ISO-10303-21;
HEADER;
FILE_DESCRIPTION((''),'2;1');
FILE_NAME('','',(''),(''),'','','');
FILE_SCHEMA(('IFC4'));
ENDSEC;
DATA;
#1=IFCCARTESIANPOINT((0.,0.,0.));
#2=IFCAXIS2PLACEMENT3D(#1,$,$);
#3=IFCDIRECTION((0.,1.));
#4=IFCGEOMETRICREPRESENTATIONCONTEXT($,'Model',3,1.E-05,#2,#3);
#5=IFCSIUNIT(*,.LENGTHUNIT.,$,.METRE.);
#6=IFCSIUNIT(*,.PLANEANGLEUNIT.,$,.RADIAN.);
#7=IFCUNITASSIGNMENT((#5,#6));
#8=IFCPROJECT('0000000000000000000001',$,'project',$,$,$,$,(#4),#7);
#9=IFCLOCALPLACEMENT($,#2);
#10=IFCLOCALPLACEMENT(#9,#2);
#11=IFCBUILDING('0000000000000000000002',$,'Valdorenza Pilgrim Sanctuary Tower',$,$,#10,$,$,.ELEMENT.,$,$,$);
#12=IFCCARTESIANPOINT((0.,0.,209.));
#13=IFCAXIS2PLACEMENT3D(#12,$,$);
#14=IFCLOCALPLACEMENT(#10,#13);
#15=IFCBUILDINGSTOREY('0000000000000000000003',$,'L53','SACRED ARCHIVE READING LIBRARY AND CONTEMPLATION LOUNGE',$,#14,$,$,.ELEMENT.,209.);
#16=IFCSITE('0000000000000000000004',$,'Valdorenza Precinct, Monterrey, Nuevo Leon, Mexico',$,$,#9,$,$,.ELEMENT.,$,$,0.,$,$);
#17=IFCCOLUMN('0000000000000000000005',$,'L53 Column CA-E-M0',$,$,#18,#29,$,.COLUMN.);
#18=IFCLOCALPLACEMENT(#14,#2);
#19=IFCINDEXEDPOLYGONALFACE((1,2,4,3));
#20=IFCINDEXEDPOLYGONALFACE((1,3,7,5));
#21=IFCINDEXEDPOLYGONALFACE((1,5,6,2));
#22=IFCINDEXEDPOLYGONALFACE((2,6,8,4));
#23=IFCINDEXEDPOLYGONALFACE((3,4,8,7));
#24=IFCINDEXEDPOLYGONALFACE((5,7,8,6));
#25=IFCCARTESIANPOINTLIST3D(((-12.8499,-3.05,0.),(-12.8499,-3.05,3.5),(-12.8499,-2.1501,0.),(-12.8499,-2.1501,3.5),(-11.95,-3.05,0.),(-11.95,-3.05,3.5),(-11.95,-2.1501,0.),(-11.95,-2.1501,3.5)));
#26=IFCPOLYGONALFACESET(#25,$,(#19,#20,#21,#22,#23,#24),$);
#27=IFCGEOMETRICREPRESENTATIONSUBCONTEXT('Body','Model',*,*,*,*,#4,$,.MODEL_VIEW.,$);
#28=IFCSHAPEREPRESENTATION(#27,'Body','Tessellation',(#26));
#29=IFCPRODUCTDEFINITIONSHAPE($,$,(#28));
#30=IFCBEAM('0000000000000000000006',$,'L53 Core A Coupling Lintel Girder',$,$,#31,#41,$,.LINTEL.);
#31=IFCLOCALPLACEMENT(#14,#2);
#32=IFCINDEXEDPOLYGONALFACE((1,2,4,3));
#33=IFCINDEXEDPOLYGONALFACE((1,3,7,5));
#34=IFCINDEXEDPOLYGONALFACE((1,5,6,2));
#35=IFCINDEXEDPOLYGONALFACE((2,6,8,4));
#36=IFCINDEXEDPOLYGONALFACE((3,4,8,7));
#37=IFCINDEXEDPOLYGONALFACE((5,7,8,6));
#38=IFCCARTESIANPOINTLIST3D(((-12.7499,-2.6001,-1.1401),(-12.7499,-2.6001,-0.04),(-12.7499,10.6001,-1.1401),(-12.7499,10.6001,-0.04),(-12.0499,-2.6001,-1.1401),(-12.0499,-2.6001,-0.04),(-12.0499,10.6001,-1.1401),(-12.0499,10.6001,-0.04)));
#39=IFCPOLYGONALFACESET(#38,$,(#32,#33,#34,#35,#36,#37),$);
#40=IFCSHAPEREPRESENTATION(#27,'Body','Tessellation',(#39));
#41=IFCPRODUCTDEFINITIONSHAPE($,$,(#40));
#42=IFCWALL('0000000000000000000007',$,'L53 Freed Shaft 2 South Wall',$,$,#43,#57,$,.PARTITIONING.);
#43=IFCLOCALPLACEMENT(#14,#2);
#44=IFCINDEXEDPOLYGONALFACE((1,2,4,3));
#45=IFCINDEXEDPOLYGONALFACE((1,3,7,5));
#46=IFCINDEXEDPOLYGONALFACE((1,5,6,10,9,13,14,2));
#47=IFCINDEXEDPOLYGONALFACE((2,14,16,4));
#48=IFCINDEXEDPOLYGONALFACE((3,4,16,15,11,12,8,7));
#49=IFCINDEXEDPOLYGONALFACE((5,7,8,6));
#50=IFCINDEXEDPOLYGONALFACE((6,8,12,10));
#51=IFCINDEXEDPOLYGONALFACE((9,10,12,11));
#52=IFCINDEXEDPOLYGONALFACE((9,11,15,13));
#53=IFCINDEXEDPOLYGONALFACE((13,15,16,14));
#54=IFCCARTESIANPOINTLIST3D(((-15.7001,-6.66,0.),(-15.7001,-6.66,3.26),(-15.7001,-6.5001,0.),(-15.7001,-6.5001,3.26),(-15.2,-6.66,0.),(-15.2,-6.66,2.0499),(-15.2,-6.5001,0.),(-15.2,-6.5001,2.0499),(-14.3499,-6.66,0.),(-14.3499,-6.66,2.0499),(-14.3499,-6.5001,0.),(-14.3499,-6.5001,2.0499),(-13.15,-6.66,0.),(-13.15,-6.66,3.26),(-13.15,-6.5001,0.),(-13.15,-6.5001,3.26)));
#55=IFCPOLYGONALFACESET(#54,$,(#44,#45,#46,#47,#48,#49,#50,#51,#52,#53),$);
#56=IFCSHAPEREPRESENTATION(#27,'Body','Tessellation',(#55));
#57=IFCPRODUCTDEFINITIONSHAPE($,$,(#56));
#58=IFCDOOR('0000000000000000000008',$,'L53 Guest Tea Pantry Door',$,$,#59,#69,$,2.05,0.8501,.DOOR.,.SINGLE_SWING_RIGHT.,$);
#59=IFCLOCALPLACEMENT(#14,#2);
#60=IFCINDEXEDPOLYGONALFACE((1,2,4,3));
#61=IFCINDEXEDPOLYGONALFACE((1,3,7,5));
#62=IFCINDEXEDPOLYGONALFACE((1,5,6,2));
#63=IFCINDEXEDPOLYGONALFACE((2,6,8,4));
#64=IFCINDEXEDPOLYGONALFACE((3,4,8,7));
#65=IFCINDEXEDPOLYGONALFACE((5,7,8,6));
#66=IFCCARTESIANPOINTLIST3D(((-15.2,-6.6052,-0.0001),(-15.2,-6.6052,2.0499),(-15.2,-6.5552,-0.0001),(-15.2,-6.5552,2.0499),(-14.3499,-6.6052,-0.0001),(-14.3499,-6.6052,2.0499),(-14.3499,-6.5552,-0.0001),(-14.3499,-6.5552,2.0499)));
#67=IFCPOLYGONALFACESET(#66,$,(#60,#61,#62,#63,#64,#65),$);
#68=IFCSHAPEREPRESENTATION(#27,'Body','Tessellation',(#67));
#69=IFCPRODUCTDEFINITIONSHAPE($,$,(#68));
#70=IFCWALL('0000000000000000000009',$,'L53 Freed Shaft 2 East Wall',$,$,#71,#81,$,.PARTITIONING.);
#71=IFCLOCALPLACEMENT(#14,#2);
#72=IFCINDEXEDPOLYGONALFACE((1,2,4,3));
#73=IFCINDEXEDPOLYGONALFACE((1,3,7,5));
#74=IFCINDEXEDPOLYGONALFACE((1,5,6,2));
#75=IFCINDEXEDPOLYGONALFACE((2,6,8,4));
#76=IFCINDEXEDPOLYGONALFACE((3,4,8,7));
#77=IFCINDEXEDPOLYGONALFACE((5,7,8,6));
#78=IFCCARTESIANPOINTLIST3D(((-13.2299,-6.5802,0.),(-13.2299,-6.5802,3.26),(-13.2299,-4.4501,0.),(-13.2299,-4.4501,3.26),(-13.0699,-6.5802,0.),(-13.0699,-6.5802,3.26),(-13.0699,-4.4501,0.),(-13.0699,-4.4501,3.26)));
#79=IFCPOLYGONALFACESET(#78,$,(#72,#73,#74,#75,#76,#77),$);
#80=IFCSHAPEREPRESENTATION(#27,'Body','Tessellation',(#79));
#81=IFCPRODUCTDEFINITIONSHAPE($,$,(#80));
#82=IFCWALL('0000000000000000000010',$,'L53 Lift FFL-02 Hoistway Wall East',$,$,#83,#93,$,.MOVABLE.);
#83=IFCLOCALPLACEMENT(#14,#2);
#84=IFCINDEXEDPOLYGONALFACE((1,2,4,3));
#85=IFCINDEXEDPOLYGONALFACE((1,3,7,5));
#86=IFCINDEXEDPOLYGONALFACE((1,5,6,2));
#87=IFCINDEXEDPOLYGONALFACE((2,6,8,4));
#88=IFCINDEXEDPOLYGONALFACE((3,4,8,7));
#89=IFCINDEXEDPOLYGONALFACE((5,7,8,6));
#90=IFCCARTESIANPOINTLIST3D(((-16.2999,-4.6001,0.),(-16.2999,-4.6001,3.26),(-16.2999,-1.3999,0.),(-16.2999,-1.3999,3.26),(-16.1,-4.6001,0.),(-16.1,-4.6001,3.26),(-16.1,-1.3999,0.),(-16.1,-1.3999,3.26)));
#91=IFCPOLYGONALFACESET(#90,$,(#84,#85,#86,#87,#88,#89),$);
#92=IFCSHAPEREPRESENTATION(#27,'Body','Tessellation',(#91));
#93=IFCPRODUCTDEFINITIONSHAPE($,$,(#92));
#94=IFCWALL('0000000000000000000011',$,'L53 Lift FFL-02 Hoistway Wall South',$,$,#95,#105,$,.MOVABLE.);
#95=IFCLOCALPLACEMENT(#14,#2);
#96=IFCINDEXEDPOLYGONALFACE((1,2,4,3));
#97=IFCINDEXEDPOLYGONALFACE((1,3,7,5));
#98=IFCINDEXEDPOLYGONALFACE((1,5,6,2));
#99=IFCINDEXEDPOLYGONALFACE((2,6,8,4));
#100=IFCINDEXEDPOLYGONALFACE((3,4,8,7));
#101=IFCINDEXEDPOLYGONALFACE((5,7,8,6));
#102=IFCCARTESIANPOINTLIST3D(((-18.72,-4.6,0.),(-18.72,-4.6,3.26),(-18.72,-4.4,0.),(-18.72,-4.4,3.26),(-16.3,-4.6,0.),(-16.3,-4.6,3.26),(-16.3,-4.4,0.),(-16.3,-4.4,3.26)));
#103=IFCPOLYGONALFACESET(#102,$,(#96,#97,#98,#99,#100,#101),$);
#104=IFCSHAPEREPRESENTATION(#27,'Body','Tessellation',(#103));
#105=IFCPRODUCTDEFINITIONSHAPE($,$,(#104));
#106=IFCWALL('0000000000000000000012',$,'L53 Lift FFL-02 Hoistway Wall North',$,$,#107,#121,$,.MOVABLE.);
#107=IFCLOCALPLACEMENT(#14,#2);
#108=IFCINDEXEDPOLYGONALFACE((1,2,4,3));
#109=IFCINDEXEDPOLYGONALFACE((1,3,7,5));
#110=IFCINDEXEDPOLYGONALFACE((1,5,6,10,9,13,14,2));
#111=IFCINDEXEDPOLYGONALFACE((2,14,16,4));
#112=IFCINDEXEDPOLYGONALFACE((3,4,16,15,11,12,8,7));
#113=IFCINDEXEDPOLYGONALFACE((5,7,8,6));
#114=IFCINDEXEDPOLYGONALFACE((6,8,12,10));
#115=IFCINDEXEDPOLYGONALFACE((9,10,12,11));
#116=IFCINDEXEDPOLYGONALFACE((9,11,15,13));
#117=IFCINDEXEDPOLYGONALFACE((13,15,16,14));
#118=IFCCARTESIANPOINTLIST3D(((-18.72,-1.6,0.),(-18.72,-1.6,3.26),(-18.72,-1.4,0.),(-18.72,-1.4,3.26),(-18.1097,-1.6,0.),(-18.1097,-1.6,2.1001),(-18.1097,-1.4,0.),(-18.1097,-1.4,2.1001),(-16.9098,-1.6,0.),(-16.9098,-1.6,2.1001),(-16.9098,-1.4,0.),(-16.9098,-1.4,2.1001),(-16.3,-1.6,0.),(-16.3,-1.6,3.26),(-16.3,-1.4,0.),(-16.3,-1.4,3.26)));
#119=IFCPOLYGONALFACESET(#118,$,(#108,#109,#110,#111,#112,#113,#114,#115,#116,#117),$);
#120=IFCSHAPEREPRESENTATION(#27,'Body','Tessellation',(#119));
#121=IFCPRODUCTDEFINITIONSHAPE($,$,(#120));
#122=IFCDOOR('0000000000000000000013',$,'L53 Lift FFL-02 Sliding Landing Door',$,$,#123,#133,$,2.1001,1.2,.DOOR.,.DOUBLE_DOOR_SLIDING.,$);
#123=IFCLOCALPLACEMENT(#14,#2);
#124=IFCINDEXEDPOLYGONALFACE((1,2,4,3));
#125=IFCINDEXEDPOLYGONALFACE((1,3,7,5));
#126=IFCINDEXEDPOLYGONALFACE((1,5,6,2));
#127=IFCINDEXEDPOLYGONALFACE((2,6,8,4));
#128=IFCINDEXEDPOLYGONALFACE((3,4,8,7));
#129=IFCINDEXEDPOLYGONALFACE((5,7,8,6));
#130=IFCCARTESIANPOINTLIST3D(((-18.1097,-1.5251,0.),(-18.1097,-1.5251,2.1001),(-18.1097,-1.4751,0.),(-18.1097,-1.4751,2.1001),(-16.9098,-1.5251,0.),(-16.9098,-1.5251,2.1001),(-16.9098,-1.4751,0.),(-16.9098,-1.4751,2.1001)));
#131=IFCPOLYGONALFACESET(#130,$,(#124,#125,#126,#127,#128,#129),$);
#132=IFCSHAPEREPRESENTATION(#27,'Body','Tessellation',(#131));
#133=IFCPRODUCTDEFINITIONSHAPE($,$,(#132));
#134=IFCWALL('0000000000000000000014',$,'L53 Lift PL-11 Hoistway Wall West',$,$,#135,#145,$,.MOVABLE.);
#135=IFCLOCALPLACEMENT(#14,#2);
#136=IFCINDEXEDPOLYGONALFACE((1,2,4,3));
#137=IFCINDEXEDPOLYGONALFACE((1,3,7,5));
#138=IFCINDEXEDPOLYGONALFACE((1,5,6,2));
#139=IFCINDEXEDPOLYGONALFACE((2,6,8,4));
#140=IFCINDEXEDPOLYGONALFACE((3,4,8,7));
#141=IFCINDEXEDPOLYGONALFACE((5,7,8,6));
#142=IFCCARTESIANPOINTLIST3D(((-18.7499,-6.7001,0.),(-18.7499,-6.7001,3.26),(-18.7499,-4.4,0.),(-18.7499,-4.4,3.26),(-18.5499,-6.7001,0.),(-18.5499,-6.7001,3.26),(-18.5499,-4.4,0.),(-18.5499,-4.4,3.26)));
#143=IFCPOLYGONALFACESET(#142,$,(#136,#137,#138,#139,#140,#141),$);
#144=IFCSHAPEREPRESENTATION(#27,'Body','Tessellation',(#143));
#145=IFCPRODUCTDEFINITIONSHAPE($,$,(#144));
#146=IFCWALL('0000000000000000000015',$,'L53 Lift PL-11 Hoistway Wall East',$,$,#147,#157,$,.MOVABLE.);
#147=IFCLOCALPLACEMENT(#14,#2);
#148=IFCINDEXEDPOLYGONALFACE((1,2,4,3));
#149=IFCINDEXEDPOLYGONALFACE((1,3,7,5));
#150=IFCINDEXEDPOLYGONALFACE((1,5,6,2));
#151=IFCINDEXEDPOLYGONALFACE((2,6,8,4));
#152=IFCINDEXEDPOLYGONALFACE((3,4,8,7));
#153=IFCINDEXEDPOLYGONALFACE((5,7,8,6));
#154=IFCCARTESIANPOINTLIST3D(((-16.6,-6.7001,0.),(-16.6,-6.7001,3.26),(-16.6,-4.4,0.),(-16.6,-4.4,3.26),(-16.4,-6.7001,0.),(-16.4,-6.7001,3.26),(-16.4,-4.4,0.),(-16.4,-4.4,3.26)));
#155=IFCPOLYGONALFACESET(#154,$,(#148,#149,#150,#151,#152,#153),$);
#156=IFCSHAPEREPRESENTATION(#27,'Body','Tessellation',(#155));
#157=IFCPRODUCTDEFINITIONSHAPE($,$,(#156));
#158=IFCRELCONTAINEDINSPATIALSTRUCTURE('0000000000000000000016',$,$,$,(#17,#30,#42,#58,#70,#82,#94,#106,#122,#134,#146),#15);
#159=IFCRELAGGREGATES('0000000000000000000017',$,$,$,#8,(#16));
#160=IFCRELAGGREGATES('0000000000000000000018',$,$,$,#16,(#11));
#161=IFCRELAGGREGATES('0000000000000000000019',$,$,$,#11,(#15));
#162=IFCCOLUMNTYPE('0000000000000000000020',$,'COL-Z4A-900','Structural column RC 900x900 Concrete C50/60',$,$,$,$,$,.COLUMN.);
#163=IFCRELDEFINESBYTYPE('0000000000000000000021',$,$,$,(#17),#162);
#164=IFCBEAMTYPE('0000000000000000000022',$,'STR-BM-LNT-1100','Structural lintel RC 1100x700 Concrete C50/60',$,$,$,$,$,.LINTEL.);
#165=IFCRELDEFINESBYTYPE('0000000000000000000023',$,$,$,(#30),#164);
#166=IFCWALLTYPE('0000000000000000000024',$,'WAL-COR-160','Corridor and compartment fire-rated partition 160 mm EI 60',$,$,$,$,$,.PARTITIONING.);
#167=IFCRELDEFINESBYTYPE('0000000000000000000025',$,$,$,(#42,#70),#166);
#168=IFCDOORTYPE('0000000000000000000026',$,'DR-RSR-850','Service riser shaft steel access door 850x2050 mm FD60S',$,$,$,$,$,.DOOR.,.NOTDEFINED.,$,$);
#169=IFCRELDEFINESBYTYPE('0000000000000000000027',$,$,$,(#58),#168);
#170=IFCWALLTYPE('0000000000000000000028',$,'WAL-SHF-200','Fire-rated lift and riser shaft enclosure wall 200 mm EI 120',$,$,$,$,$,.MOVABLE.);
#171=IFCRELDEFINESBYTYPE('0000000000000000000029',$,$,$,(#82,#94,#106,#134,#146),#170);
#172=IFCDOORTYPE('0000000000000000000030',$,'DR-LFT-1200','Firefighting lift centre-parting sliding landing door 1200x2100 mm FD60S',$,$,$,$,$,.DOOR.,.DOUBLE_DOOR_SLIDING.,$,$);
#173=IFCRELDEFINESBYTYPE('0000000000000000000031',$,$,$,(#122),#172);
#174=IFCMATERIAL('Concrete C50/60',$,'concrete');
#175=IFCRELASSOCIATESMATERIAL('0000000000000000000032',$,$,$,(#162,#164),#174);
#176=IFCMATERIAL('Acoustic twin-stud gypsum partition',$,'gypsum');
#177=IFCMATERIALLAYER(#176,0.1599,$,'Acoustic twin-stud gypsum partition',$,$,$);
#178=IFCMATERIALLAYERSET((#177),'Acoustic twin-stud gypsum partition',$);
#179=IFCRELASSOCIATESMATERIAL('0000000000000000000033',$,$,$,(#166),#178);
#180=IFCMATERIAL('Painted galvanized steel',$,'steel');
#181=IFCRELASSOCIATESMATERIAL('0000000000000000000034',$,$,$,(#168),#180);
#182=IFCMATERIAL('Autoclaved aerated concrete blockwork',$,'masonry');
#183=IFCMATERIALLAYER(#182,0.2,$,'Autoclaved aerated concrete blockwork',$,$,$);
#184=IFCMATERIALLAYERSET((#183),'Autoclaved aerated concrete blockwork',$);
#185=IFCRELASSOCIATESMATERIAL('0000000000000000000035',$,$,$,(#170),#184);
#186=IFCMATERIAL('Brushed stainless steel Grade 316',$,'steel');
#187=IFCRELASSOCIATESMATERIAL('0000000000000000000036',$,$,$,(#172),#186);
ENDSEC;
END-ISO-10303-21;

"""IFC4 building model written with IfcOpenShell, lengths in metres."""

from ifc_helpers import new_model, si_unit, direction, frame, frame_2d, origin, origin_2d, place, context, subcontext, project, spatial, rectangle, extrude, source, transform, mapped, material, layer, layer_set, material_profile, profile_set, type_object, element, fill, save


model = new_model("IFC4")

# Units and contexts
model_context = context("Model", 3, precision=1e-05, world=origin(), true_north=direction((0.0, 1.0)))
body_context = subcontext(model_context, "Body", "Model", "MODEL_VIEW")
ifc_project = project(units=[si_unit("LENGTHUNIT", "METRE"), si_unit("PLANEANGLEUNIT", "RADIAN")], contexts=[model_context])

# Site, building, storey
site_placement = place(None, origin())
site = spatial("IfcSite", under=ifc_project, at=site_placement, Name="Valdorenza Precinct, Monterrey, Nuevo Leon, Mexico", CompositionType="ELEMENT", RefElevation=0.0)
building_placement = place(site_placement, origin())
building = spatial("IfcBuilding", under=site, at=building_placement, Name="Valdorenza Pilgrim Sanctuary Tower", CompositionType="ELEMENT")
storey_placement = place(building_placement, frame((0.0, 0.0, 209.0)))
storey = spatial("IfcBuildingStorey", under=building, at=storey_placement, Name="L53", Description="SACRED ARCHIVE READING LIBRARY AND CONTEMPLATION LOUNGE", CompositionType="ELEMENT", Elevation=209.0)

# Column
ifc_material_1 = material(Name="Concrete C50/60", Category="concrete")
ifc_material_profile_1 = material_profile(ifc_material_1, rectangle(XDim=0.8999, YDim=0.8999, at=origin_2d()), Name="RC 900x900")
ifc_profile_set_1 = profile_set([ifc_material_profile_1], Name="Concrete C50/60")
column_type = type_object("IfcColumnType", Name="COL-Z4A-900", Description="Structural column RC 900x900 Concrete C50/60", PredefinedType="COLUMN", material=ifc_profile_set_1)
shared_shape_1 = source(origin(), body_context, "Body", "SweptSolid", [
    extrude(rectangle(XDim=0.8999, YDim=0.8999, at=origin_2d()), origin(), (0.0, 0.0, 1.0), 3.5),
])
column_placement = place(storey_placement, frame((-12.3999, -2.6001, 0.0), z_axis=(0.0, 0.0, 1.0), x_axis=(1.0, 0.0, 0.0)))
element("IfcColumn", 1, at=column_placement, inside=storey, type_object=column_type, Name="L53 Column CA-E-M0", PredefinedType="COLUMN", context=body_context, shape_type="MappedRepresentation", body=[
    mapped(shared_shape_1, transform((0.0, 0.0, 0.0), x_axis=(1.0, 0.0, 0.0), y_axis=(0.0, 1.0, 0.0), z_axis=(0.0, 0.0, 1.0), scale=1.0)),
])

# Beam
ifc_material_profile_2 = material_profile(ifc_material_1, rectangle(XDim=0.7, YDim=1.1001, at=origin_2d()), Name="RC 1100x700")
ifc_profile_set_2 = profile_set([ifc_material_profile_2], Name="Concrete C50/60")
beam_type = type_object("IfcBeamType", Name="STR-BM-LNT-1100", Description="Structural lintel RC 1100x700 Concrete C50/60", PredefinedType="LINTEL", material=ifc_profile_set_2)
shared_shape_2 = source(origin(), body_context, "Body", "SweptSolid", [
    extrude(rectangle(XDim=0.7, YDim=1.1001, at=origin_2d()), origin(), (0.0, 0.0, 1.0), 13.2002),
])
beam_placement = place(storey_placement, frame((-12.3999, -2.6001, -0.5901), z_axis=(0.0, 1.0, 0.0), x_axis=(-1.0, 0.0, 0.0)))
element("IfcBeam", 2, at=beam_placement, inside=storey, type_object=beam_type, Name="L53 Core A Coupling Lintel Girder", PredefinedType="LINTEL", context=body_context, shape_type="MappedRepresentation", body=[
    mapped(shared_shape_2, transform((0.0, 0.0, 0.0), x_axis=(1.0, 0.0, 0.0), y_axis=(0.0, 1.0, 0.0), z_axis=(0.0, 0.0, 1.0), scale=1.0)),
])

# Wall, opening, door
ifc_material_2 = material(Name="Acoustic twin-stud gypsum partition", Category="gypsum")
ifc_layer_1 = layer(ifc_material_2, 0.1599, Name="Acoustic twin-stud gypsum partition")
ifc_layer_set_1 = layer_set([ifc_layer_1], Name="Acoustic twin-stud gypsum partition")
wall_type_1 = type_object("IfcWallType", Name="WAL-COR-160", Description="Corridor and compartment fire-rated partition 160 mm EI 60", PredefinedType="PARTITIONING", material=ifc_layer_set_1)
wall_1_placement = place(storey_placement, frame((-15.7, -6.5801, 0.0), z_axis=(0.0, 0.0, 1.0), x_axis=(1.0, 0.0, 0.0)))
wall_1 = element("IfcWall", 3, at=wall_1_placement, inside=storey, type_object=wall_type_1, Name="L53 Freed Shaft 2 South Wall", PredefinedType="PARTITIONING", context=body_context, shape_type="SweptSolid", body=[
    extrude(rectangle(XDim=2.55, YDim=0.1599, at=frame_2d((1.2749, 0.0))), origin(), (0.0, 0.0, 1.0), 3.26),
])
opening_1_placement = place(wall_1_placement, frame((0.5, 0.0, 0.0)))
opening_1 = element("IfcOpeningElement", 4, at=opening_1_placement, cuts=wall_1, PredefinedType="OPENING", context=body_context, shape_type="SweptSolid", body=[
    extrude(rectangle(XDim=0.8501, YDim=2.05, at=frame_2d((0.425, 1.0249))), frame((0.0, 0.0947, 0.0), z_axis=(0.0, -1.0, 0.0), x_axis=(1.0, 0.0, 0.0)), (0.0, 0.0, 1.0), 0.1897),
])
ifc_material_3 = material(Name="Painted galvanized steel", Category="steel")
door_type_1 = type_object("IfcDoorType", Name="DR-RSR-850", Description="Service riser shaft steel access door 850x2050 mm FD60S", OperationType="NOTDEFINED", PredefinedType="DOOR", material=ifc_material_3)
door_1_placement = place(opening_1_placement, origin())
door_1 = element("IfcDoor", 5, at=door_1_placement, inside=storey, type_object=door_type_1, Name="L53 Guest Tea Pantry Door", OperationType="SINGLE_SWING_RIGHT", OverallHeight=2.05, OverallWidth=0.8501, PredefinedType="DOOR", context=body_context, shape_type="SweptSolid", body=[
    extrude(rectangle(XDim=0.8501, YDim=2.05, at=frame_2d((0.425, 1.0249))), frame((0.0, 0.0249, 0.0), z_axis=(0.0, -1.0, 0.0), x_axis=(1.0, 0.0, 0.0)), (0.0, 0.0, 1.0), 0.05),
])
fill(opening_1, door_1)

# Wall
wall_2_placement = place(storey_placement, frame((-13.1499, -6.5801, 0.0), z_axis=(0.0, 0.0, 1.0), x_axis=(0.0, 1.0, 0.0)))
element("IfcWall", 6, at=wall_2_placement, inside=storey, type_object=wall_type_1, Name="L53 Freed Shaft 2 East Wall", PredefinedType="PARTITIONING", context=body_context, shape_type="SweptSolid", body=[
    extrude(rectangle(XDim=2.1301, YDim=0.1599, at=frame_2d((1.0649, 0.0))), origin(), (0.0, 0.0, 1.0), 3.26),
])

# Walls
ifc_material_4 = material(Name="Autoclaved aerated concrete blockwork", Category="masonry")
ifc_layer_2 = layer(ifc_material_4, 0.2, Name="Autoclaved aerated concrete blockwork")
ifc_layer_set_2 = layer_set([ifc_layer_2], Name="Autoclaved aerated concrete blockwork")
wall_type_2 = type_object("IfcWallType", Name="WAL-SHF-200", Description="Fire-rated lift and riser shaft enclosure wall 200 mm EI 120", PredefinedType="MOVABLE", material=ifc_layer_set_2)
wall_3_placement = place(storey_placement, frame((-16.2, -4.6001, 0.0), z_axis=(0.0, 0.0, 1.0), x_axis=(0.0, 1.0, 0.0)))
element("IfcWall", 7, at=wall_3_placement, inside=storey, type_object=wall_type_2, Name="L53 Lift FFL-02 Hoistway Wall East", PredefinedType="MOVABLE", context=body_context, shape_type="SweptSolid", body=[
    extrude(rectangle(XDim=3.2002, YDim=0.2, at=frame_2d((1.6001, 0.0))), origin(), (0.0, 0.0, 1.0), 3.26),
])
wall_4_placement = place(storey_placement, frame((-18.72, -4.5, 0.0), z_axis=(0.0, 0.0, 1.0), x_axis=(1.0, 0.0, 0.0)))
element("IfcWall", 8, at=wall_4_placement, inside=storey, type_object=wall_type_2, Name="L53 Lift FFL-02 Hoistway Wall South", PredefinedType="MOVABLE", context=body_context, shape_type="SweptSolid", body=[
    extrude(rectangle(XDim=2.4199, YDim=0.2, at=frame_2d((1.21, 0.0))), origin(), (0.0, 0.0, 1.0), 3.26),
])

# Wall, opening, door
wall_5_placement = place(storey_placement, frame((-18.72, -1.5, 0.0), z_axis=(0.0, 0.0, 1.0), x_axis=(1.0, 0.0, 0.0)))
wall_5 = element("IfcWall", 9, at=wall_5_placement, inside=storey, type_object=wall_type_2, Name="L53 Lift FFL-02 Hoistway Wall North", PredefinedType="MOVABLE", context=body_context, shape_type="SweptSolid", body=[
    extrude(rectangle(XDim=2.4199, YDim=0.2, at=frame_2d((1.21, 0.0))), origin(), (0.0, 0.0, 1.0), 3.26),
])
opening_2_placement = place(wall_5_placement, frame((0.6101, 0.0, 0.0)))
opening_2 = element("IfcOpeningElement", 10, at=opening_2_placement, cuts=wall_5, PredefinedType="OPENING", context=body_context, shape_type="SweptSolid", body=[
    extrude(rectangle(XDim=1.2, YDim=2.1001, at=frame_2d((0.6001, 1.05))), frame((0.0, 0.1147, 0.0), z_axis=(0.0, -1.0, 0.0), x_axis=(1.0, 0.0, 0.0)), (0.0, 0.0, 1.0), 0.2297),
])
ifc_material_5 = material(Name="Brushed stainless steel Grade 316", Category="steel")
door_type_2 = type_object("IfcDoorType", Name="DR-LFT-1200", Description="Firefighting lift centre-parting sliding landing door 1200x2100 mm FD60S", OperationType="DOUBLE_DOOR_SLIDING", PredefinedType="DOOR", material=ifc_material_5)
door_2_placement = place(opening_2_placement, origin())
door_2 = element("IfcDoor", 11, at=door_2_placement, inside=storey, type_object=door_type_2, Name="L53 Lift FFL-02 Sliding Landing Door", OperationType="DOUBLE_DOOR_SLIDING", OverallHeight=2.1001, OverallWidth=1.2, PredefinedType="DOOR", context=body_context, shape_type="SweptSolid", body=[
    extrude(rectangle(XDim=1.2, YDim=2.1001, at=frame_2d((0.6001, 1.05))), frame((0.0, 0.0249, 0.0), z_axis=(0.0, -1.0, 0.0), x_axis=(1.0, 0.0, 0.0)), (0.0, 0.0, 1.0), 0.05),
])
fill(opening_2, door_2)

# Walls
for number, where, z_axis, x_axis, name in (
    (12, (-18.6499, -6.7, 0.0), (0.0, 0.0, 1.0), (0.0, 1.0, 0.0), "L53 Lift PL-11 Hoistway Wall West"),
    (13, (-16.5, -6.7, 0.0), (0.0, 0.0, 1.0), (0.0, 1.0, 0.0), "L53 Lift PL-11 Hoistway Wall East"),
):
    element("IfcWall", number, at=place(storey_placement, frame(where, z_axis=z_axis, x_axis=x_axis)), inside=storey, type_object=wall_type_2, Name=name, PredefinedType="MOVABLE", context=body_context, shape_type="SweptSolid", body=[
        extrude(rectangle(XDim=2.3, YDim=0.2, at=frame_2d((1.1499, 0.0))), origin(), (0.0, 0.0, 1.0), 3.26),
    ])

save(model, "model.ifc")
